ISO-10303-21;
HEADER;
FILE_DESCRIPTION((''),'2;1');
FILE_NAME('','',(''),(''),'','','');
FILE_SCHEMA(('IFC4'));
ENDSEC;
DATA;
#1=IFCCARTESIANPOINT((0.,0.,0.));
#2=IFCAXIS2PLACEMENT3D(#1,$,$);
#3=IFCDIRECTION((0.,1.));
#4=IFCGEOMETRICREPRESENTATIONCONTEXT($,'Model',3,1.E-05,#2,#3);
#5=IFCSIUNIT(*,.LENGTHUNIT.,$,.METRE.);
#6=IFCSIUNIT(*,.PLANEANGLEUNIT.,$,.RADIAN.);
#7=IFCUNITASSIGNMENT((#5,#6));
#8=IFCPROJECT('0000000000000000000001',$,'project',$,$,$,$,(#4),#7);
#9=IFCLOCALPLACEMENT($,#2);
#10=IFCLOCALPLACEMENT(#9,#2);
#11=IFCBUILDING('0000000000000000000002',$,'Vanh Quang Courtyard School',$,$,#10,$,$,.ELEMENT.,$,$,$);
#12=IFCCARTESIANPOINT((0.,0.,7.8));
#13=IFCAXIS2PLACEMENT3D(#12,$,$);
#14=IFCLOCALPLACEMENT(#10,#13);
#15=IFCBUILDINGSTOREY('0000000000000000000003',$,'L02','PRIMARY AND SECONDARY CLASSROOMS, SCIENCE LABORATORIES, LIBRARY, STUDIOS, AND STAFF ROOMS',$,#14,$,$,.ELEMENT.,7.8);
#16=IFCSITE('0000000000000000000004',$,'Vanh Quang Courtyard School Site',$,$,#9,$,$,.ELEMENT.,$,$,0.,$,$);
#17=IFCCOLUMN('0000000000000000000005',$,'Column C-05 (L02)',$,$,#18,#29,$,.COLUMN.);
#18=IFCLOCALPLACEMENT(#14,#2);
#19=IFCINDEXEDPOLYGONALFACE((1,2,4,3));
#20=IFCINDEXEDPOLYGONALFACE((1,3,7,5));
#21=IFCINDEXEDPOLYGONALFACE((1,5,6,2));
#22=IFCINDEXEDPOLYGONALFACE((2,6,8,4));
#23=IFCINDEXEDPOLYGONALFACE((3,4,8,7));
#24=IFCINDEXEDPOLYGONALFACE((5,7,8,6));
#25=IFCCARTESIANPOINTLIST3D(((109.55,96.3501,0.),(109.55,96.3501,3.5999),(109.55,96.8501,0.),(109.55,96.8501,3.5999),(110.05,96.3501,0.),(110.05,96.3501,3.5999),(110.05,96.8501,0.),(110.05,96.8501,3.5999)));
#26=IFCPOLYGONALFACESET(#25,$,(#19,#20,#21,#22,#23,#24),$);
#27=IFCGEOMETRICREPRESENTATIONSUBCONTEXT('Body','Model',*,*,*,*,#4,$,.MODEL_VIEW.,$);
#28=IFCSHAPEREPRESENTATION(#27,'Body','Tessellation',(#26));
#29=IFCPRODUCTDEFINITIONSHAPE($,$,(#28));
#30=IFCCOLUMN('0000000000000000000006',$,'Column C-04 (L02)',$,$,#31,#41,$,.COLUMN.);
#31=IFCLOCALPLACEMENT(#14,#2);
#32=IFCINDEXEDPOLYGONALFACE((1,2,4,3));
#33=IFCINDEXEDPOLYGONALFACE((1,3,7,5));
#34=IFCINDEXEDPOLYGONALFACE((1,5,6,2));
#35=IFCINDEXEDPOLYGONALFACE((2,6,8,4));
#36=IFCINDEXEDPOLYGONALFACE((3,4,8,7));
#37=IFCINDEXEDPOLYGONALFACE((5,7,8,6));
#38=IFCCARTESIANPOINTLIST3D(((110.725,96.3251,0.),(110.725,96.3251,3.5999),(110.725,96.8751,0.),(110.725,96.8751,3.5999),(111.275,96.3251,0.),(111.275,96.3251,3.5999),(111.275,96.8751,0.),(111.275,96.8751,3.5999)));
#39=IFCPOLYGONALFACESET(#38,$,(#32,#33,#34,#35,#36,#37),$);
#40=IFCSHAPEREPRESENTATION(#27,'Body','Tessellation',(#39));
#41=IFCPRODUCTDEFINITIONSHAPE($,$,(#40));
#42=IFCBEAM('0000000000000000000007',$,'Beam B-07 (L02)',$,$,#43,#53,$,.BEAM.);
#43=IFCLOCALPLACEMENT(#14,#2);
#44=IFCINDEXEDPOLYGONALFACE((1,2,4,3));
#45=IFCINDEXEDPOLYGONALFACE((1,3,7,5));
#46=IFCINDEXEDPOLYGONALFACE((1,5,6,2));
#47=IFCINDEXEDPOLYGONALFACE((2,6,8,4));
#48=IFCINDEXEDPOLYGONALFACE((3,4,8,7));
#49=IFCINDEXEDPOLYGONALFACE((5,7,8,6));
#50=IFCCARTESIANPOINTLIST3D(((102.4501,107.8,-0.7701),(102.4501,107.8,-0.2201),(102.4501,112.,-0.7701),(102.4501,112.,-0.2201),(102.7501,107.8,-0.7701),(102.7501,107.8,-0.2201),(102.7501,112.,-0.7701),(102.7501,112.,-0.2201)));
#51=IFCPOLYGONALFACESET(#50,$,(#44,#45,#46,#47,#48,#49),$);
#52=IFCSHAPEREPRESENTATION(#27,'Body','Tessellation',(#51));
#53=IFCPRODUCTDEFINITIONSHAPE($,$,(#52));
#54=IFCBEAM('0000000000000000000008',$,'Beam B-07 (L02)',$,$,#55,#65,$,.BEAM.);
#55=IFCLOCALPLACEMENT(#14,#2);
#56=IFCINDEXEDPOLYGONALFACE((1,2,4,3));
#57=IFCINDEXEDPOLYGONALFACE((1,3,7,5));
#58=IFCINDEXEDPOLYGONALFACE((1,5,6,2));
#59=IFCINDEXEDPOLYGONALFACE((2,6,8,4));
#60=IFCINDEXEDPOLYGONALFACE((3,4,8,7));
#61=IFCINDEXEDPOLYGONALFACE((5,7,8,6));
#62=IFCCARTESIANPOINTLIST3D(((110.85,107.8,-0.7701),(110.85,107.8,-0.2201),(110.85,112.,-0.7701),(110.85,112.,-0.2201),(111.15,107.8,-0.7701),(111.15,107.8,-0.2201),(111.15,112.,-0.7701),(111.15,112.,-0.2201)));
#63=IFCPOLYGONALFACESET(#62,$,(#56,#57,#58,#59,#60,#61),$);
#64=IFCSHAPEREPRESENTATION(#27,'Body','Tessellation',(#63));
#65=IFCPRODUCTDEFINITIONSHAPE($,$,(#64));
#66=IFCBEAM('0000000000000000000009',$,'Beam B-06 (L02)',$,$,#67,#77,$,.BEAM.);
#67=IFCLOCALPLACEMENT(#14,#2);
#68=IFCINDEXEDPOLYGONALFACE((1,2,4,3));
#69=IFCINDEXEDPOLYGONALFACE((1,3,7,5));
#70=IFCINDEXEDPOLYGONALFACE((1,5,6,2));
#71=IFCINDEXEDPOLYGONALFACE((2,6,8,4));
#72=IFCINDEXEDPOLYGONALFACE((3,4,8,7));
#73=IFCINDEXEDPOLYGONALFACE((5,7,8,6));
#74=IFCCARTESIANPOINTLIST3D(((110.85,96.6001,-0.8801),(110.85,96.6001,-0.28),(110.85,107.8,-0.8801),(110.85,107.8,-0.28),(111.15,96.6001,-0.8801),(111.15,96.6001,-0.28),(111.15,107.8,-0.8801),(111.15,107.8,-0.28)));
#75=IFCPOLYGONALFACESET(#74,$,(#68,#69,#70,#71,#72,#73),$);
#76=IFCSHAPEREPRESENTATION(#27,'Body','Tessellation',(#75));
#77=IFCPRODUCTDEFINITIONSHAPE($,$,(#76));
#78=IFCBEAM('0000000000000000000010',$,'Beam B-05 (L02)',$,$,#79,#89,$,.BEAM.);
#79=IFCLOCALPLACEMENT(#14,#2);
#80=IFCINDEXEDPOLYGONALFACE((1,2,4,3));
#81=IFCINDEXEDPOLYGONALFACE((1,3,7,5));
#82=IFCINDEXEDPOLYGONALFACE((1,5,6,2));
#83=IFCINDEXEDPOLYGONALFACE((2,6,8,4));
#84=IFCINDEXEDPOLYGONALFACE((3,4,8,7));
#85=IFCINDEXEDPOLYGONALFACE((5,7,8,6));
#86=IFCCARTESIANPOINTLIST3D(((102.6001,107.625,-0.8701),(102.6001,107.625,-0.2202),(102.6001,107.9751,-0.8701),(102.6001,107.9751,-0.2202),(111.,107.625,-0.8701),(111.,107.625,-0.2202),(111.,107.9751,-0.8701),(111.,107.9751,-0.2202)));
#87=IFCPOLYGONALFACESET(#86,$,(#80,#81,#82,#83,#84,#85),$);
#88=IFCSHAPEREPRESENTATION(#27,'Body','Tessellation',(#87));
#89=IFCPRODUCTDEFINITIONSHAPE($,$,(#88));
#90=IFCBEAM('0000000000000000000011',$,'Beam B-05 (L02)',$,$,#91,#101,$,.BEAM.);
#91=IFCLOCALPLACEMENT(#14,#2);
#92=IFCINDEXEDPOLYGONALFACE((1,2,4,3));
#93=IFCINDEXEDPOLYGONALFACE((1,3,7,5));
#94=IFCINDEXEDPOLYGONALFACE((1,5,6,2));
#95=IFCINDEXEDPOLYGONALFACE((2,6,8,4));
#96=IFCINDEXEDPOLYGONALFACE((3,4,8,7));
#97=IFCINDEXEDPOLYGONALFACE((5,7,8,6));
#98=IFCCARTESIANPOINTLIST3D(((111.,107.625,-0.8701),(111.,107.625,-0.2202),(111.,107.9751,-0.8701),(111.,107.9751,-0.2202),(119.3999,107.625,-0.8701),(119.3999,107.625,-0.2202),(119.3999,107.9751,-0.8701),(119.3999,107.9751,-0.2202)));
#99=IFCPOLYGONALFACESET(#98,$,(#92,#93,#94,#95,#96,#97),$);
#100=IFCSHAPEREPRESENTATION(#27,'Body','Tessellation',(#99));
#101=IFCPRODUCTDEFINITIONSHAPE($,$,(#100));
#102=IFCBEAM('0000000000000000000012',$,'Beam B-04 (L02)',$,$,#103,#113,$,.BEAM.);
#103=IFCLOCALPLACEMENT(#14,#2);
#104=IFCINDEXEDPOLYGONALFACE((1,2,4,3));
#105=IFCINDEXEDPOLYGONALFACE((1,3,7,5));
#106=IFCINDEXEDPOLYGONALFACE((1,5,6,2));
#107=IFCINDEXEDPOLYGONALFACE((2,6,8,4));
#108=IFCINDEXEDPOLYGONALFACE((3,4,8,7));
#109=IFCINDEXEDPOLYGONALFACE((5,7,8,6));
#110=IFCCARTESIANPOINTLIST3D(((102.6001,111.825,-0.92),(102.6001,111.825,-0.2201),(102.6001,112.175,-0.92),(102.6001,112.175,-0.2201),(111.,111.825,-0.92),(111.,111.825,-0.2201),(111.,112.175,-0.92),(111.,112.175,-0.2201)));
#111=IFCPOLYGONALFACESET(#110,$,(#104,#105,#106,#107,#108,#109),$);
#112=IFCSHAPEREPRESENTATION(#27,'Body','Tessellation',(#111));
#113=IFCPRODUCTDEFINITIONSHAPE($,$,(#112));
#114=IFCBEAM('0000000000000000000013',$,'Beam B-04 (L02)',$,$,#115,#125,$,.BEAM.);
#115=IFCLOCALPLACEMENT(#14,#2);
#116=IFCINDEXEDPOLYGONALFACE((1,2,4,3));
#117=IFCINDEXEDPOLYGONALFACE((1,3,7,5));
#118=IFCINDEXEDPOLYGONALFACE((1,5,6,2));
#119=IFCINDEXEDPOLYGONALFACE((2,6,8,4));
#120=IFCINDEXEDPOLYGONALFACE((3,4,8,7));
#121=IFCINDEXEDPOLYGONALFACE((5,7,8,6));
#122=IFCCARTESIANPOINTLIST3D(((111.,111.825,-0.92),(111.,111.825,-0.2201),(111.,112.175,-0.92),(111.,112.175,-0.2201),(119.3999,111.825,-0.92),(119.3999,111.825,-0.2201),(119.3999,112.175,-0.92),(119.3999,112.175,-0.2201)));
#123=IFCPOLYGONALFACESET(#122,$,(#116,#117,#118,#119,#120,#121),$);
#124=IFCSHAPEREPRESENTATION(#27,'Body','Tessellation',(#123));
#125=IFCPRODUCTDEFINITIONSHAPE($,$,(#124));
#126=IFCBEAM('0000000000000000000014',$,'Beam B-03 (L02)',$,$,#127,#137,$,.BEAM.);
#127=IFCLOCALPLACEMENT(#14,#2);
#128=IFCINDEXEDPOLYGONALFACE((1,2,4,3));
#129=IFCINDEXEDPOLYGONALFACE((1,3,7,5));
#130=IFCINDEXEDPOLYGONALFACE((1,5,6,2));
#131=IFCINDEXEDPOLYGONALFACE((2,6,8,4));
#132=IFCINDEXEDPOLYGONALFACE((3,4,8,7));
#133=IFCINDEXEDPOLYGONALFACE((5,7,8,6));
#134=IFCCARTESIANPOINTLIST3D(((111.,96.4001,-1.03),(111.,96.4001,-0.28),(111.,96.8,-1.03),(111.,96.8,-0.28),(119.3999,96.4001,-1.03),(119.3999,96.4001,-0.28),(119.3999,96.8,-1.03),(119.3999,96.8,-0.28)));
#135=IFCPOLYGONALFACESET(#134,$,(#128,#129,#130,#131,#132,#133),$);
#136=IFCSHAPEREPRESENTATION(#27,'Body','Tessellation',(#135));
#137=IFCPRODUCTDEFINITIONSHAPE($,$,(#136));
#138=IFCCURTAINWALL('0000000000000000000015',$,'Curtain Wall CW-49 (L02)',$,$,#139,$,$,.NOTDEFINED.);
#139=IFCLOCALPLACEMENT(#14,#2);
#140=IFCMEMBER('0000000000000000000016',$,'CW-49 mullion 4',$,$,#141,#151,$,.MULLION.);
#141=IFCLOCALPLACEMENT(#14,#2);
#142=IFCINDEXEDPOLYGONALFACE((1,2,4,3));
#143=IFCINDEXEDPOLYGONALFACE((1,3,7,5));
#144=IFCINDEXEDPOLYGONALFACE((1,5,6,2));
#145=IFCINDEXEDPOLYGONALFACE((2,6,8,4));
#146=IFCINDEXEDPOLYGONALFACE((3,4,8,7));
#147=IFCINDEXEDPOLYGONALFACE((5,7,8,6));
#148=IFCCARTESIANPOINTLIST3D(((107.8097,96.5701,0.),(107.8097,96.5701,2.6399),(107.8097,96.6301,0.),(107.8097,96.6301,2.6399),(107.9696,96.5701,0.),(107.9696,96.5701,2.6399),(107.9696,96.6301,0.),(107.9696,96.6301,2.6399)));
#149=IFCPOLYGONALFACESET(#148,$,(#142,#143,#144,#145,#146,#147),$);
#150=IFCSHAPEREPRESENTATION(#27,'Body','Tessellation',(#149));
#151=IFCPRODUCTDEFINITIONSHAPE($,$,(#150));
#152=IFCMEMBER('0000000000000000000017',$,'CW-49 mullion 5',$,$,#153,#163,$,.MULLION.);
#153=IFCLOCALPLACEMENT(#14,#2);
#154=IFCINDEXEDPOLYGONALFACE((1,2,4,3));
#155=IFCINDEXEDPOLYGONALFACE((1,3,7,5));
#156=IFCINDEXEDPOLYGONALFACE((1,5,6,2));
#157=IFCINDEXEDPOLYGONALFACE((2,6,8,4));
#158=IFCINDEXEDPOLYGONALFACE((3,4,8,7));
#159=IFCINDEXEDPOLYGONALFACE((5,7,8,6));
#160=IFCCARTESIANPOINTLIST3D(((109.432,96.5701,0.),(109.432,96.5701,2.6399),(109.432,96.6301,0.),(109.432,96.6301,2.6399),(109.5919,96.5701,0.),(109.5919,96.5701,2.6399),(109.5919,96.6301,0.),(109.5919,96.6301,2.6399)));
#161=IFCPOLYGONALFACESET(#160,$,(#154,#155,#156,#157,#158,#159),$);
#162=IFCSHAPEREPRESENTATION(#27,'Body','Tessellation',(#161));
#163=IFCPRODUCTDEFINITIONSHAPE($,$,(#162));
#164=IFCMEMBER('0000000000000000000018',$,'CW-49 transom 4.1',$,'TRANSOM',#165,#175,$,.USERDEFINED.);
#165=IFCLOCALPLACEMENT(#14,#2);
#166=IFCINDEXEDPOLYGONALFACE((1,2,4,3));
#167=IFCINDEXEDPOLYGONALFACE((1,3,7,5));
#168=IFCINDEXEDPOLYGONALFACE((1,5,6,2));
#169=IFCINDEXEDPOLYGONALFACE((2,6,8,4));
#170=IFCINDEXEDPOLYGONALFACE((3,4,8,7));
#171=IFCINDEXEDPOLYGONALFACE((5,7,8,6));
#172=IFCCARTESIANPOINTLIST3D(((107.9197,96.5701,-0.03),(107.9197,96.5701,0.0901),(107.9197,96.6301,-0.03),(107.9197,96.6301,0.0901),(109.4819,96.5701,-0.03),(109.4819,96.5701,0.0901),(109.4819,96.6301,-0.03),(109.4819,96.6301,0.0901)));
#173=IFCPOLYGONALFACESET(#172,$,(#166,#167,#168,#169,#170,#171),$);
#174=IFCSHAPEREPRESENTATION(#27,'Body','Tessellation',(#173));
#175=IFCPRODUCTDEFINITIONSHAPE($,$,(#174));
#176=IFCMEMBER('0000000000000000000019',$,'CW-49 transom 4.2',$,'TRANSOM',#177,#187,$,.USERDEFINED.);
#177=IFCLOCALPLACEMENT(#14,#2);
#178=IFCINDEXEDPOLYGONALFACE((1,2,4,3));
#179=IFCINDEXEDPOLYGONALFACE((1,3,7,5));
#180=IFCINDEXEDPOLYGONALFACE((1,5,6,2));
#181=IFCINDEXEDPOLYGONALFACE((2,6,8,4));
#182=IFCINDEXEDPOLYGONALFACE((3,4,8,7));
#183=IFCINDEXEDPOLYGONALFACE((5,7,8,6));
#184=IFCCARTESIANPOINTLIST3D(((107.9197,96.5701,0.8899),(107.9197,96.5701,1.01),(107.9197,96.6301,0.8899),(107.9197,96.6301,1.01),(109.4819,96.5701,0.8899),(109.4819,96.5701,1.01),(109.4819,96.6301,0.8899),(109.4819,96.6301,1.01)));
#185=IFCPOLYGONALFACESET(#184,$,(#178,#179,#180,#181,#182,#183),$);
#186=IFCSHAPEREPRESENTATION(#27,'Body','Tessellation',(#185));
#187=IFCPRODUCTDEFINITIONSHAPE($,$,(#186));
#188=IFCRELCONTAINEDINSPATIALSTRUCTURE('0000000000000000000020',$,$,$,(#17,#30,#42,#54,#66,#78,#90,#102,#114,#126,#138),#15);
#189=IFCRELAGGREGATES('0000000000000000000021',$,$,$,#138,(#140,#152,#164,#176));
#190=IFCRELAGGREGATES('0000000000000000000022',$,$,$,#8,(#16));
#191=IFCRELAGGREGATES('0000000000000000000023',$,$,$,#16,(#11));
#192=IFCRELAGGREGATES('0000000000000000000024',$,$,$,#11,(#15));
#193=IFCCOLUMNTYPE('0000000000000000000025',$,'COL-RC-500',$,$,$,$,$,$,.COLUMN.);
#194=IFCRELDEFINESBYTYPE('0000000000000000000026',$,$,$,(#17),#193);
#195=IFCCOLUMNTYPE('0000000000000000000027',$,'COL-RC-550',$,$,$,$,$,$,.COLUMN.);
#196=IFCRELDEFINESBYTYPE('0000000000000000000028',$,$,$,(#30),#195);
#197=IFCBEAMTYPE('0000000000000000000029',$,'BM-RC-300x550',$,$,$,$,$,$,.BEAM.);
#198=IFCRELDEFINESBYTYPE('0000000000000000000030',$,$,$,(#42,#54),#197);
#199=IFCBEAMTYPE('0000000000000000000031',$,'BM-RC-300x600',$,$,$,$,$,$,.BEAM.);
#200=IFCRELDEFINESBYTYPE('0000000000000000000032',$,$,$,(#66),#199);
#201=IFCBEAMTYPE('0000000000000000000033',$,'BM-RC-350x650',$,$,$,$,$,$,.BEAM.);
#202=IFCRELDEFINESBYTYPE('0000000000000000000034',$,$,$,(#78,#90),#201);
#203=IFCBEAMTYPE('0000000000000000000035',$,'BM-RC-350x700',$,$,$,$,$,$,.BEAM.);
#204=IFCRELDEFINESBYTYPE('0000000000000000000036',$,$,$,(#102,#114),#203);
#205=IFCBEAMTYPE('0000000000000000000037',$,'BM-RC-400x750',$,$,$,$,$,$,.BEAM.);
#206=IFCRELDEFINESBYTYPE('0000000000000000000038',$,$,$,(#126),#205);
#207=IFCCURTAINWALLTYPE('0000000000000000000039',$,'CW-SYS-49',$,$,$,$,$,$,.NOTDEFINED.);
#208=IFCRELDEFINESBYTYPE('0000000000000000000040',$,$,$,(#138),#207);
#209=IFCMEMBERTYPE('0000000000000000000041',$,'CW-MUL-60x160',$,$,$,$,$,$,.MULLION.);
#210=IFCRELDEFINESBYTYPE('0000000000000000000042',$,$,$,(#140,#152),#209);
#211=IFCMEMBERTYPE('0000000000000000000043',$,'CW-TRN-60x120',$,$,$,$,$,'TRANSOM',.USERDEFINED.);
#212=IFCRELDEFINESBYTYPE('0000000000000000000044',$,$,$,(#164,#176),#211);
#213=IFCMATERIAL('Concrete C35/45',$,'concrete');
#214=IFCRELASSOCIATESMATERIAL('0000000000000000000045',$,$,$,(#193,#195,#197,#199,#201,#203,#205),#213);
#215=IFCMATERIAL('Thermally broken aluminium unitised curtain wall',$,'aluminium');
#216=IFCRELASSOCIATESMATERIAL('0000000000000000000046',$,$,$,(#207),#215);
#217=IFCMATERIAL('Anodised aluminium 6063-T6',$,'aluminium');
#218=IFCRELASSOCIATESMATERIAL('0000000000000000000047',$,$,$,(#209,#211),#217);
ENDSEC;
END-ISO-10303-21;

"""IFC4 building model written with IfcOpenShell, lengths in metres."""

from ifc_helpers import new_model, si_unit, direction, frame, origin, origin_2d, place, context, subcontext, project, spatial, rectangle, extrude, material, material_profile, profile_set, type_object, element, aggregate, save


model = new_model("IFC4")

# Units and contexts
model_context = context("Model", 3, precision=1e-05, world=origin(), true_north=direction((0.0, 1.0)))
body_context = subcontext(model_context, "Body", "Model", "MODEL_VIEW")
ifc_project = project(units=[si_unit("LENGTHUNIT", "METRE"), si_unit("PLANEANGLEUNIT", "RADIAN")], contexts=[model_context])

# Site, building, storey
site_placement = place(None, origin())
site = spatial("IfcSite", under=ifc_project, at=site_placement, Name="Vanh Quang Courtyard School Site", CompositionType="ELEMENT", RefElevation=0.0)
building_placement = place(site_placement, origin())
building = spatial("IfcBuilding", under=site, at=building_placement, Name="Vanh Quang Courtyard School", CompositionType="ELEMENT")
storey_placement = place(building_placement, frame((0.0, 0.0, 7.8)))
storey = spatial("IfcBuildingStorey", under=building, at=storey_placement, Name="L02", Description="PRIMARY AND SECONDARY CLASSROOMS, SCIENCE LABORATORIES, LIBRARY, STUDIOS, AND STAFF ROOMS", CompositionType="ELEMENT", Elevation=7.8)

# Columns
ifc_material_1 = material(Name="Concrete C35/45", Category="concrete")
ifc_material_profile_1 = material_profile(ifc_material_1, rectangle(XDim=0.5, YDim=0.5, at=origin_2d()), Name="RC-COL 500x500")
ifc_profile_set_1 = profile_set([ifc_material_profile_1], Name="Concrete C35/45")
column_type_1 = type_object("IfcColumnType", Name="COL-RC-500", PredefinedType="COLUMN", material=ifc_profile_set_1)
column_1_placement = place(storey_placement, frame((109.8, 96.6001, 0.0), z_axis=(0.0, 0.0, 1.0), x_axis=(1.0, 0.0, 0.0)))
element("IfcColumn", 1, at=column_1_placement, inside=storey, type_object=column_type_1, Name="Column C-05 (L02)", PredefinedType="COLUMN", context=body_context, shape_type="SweptSolid", body=[
    extrude(rectangle(XDim=0.5, YDim=0.5, at=origin_2d()), origin(), (0.0, 0.0, 1.0), 3.5999),
])
ifc_material_profile_2 = material_profile(ifc_material_1, rectangle(XDim=0.55, YDim=0.55, at=origin_2d()), Name="RC-COL 550x550")
ifc_profile_set_2 = profile_set([ifc_material_profile_2], Name="Concrete C35/45")
column_type_2 = type_object("IfcColumnType", Name="COL-RC-550", PredefinedType="COLUMN", material=ifc_profile_set_2)
column_2_placement = place(storey_placement, frame((111.0, 96.6001, 0.0), z_axis=(0.0, 0.0, 1.0), x_axis=(1.0, 0.0, 0.0)))
element("IfcColumn", 2, at=column_2_placement, inside=storey, type_object=column_type_2, Name="Column C-04 (L02)", PredefinedType="COLUMN", context=body_context, shape_type="SweptSolid", body=[
    extrude(rectangle(XDim=0.55, YDim=0.55, at=origin_2d()), origin(), (0.0, 0.0, 1.0), 3.5999),
])

# Beams
ifc_material_profile_3 = material_profile(ifc_material_1, rectangle(XDim=0.3, YDim=0.55, at=origin_2d()), Name="RC-BM 300x550")
ifc_profile_set_3 = profile_set([ifc_material_profile_3], Name="Concrete C35/45")
beam_type_1 = type_object("IfcBeamType", Name="BM-RC-300x550", PredefinedType="BEAM", material=ifc_profile_set_3)
for number, where, z_axis, x_axis, name in (
    (3, (102.6001, 107.8, -0.4951), (0.0, 1.0, 0.0), (-1.0, 0.0, 0.0), "Beam B-07 (L02)"),
    (4, (111.0, 107.8, -0.4951), (0.0, 1.0, 0.0), (-1.0, 0.0, 0.0), "Beam B-07 (L02)"),
):
    element("IfcBeam", number, at=place(storey_placement, frame(where, z_axis=z_axis, x_axis=x_axis)), inside=storey, type_object=beam_type_1, Name=name, PredefinedType="BEAM", context=body_context, shape_type="SweptSolid", body=[
        extrude(rectangle(XDim=0.3, YDim=0.55, at=origin_2d()), origin(), (0.0, 0.0, 1.0), 4.2),
    ])
ifc_material_profile_4 = material_profile(ifc_material_1, rectangle(XDim=0.3, YDim=0.6001, at=origin_2d()), Name="RC-BM 300x600")
ifc_profile_set_4 = profile_set([ifc_material_profile_4], Name="Concrete C35/45")
beam_type_2 = type_object("IfcBeamType", Name="BM-RC-300x600", PredefinedType="BEAM", material=ifc_profile_set_4)
beam_1_placement = place(storey_placement, frame((111.0, 96.6001, -0.5801), z_axis=(0.0, 1.0, 0.0), x_axis=(-1.0, 0.0, 0.0)))
element("IfcBeam", 5, at=beam_1_placement, inside=storey, type_object=beam_type_2, Name="Beam B-06 (L02)", PredefinedType="BEAM", context=body_context, shape_type="SweptSolid", body=[
    extrude(rectangle(XDim=0.3, YDim=0.6001, at=origin_2d()), origin(), (0.0, 0.0, 1.0), 11.2),
])
ifc_material_profile_5 = material_profile(ifc_material_1, rectangle(XDim=0.3501, YDim=0.6499, at=origin_2d()), Name="RC-BM 350x650")
ifc_profile_set_5 = profile_set([ifc_material_profile_5], Name="Concrete C35/45")
beam_type_3 = type_object("IfcBeamType", Name="BM-RC-350x650", PredefinedType="BEAM", material=ifc_profile_set_5)
for number, where, z_axis, x_axis, name in (
    (6, (102.6001, 107.8, -0.5452), (1.0, 0.0, 0.0), (0.0, 1.0, 0.0), "Beam B-05 (L02)"),
    (7, (111.0, 107.8, -0.5452), (1.0, 0.0, 0.0), (0.0, 1.0, 0.0), "Beam B-05 (L02)"),
):
    element("IfcBeam", number, at=place(storey_placement, frame(where, z_axis=z_axis, x_axis=x_axis)), inside=storey, type_object=beam_type_3, Name=name, PredefinedType="BEAM", context=body_context, shape_type="SweptSolid", body=[
        extrude(rectangle(XDim=0.3501, YDim=0.6499, at=origin_2d()), origin(), (0.0, 0.0, 1.0), 8.3999),
    ])
ifc_material_profile_6 = material_profile(ifc_material_1, rectangle(XDim=0.3501, YDim=0.7, at=origin_2d()), Name="RC-BM 350x700")
ifc_profile_set_6 = profile_set([ifc_material_profile_6], Name="Concrete C35/45")
beam_type_4 = type_object("IfcBeamType", Name="BM-RC-350x700", PredefinedType="BEAM", material=ifc_profile_set_6)
for number, where, z_axis, x_axis, name in (
    (8, (102.6001, 112.0, -0.5701), (1.0, 0.0, 0.0), (0.0, 1.0, 0.0), "Beam B-04 (L02)"),
    (9, (111.0, 112.0, -0.5701), (1.0, 0.0, 0.0), (0.0, 1.0, 0.0), "Beam B-04 (L02)"),
):
    element("IfcBeam", number, at=place(storey_placement, frame(where, z_axis=z_axis, x_axis=x_axis)), inside=storey, type_object=beam_type_4, Name=name, PredefinedType="BEAM", context=body_context, shape_type="SweptSolid", body=[
        extrude(rectangle(XDim=0.3501, YDim=0.7, at=origin_2d()), origin(), (0.0, 0.0, 1.0), 8.3999),
    ])
ifc_material_profile_7 = material_profile(ifc_material_1, rectangle(XDim=0.3999, YDim=0.75, at=origin_2d()), Name="RC-BM 400x750")
ifc_profile_set_7 = profile_set([ifc_material_profile_7], Name="Concrete C35/45")
beam_type_5 = type_object("IfcBeamType", Name="BM-RC-400x750", PredefinedType="BEAM", material=ifc_profile_set_7)
beam_2_placement = place(storey_placement, frame((111.0, 96.6001, -0.655), z_axis=(1.0, 0.0, 0.0), x_axis=(0.0, 1.0, 0.0)))
element("IfcBeam", 10, at=beam_2_placement, inside=storey, type_object=beam_type_5, Name="Beam B-03 (L02)", PredefinedType="BEAM", context=body_context, shape_type="SweptSolid", body=[
    extrude(rectangle(XDim=0.3999, YDim=0.75, at=origin_2d()), origin(), (0.0, 0.0, 1.0), 8.3999),
])

# Curtain wall, members
ifc_material_2 = material(Name="Thermally broken aluminium unitised curtain wall", Category="aluminium")
curtain_wall_type = type_object("IfcCurtainWallType", Name="CW-SYS-49", PredefinedType="NOTDEFINED", material=ifc_material_2)
curtain_wall_placement = place(storey_placement, origin())
curtain_wall = element("IfcCurtainWall", 11, at=curtain_wall_placement, inside=storey, type_object=curtain_wall_type, Name="Curtain Wall CW-49 (L02)", PredefinedType="NOTDEFINED")
ifc_material_3 = material(Name="Anodised aluminium 6063-T6", Category="aluminium")
ifc_material_profile_8 = material_profile(ifc_material_3, rectangle(XDim=0.0601, YDim=0.1599, at=origin_2d()), Name="ALU-MUL 60x160")
ifc_profile_set_8 = profile_set([ifc_material_profile_8], Name="Anodised aluminium 6063-T6")
member_type_1 = type_object("IfcMemberType", Name="CW-MUL-60x160", PredefinedType="MULLION", material=ifc_profile_set_8)
member_1_placement = place(storey_placement, frame((107.8896, 96.6001, 0.0), z_axis=(0.0, 0.0, 1.0), x_axis=(0.0, 1.0, 0.0)))
member_1 = element("IfcMember", 12, at=member_1_placement, type_object=member_type_1, Name="CW-49 mullion 4", PredefinedType="MULLION", context=body_context, shape_type="SweptSolid", body=[
    extrude(rectangle(XDim=0.0601, YDim=0.1599, at=origin_2d()), origin(), (0.0, 0.0, 1.0), 2.6399),
])
member_2_placement = place(storey_placement, frame((109.512, 96.6001, 0.0), z_axis=(0.0, 0.0, 1.0), x_axis=(0.0, 1.0, 0.0)))
member_2 = element("IfcMember", 13, at=member_2_placement, type_object=member_type_1, Name="CW-49 mullion 5", PredefinedType="MULLION", context=body_context, shape_type="SweptSolid", body=[
    extrude(rectangle(XDim=0.0601, YDim=0.1599, at=origin_2d()), origin(), (0.0, 0.0, 1.0), 2.6399),
])
ifc_material_profile_9 = material_profile(ifc_material_3, rectangle(XDim=0.0601, YDim=0.1201, at=origin_2d()), Name="ALU-TRN 60x120")
ifc_profile_set_9 = profile_set([ifc_material_profile_9], Name="Anodised aluminium 6063-T6")
member_type_2 = type_object("IfcMemberType", Name="CW-TRN-60x120", ElementType="TRANSOM", PredefinedType="USERDEFINED", material=ifc_profile_set_9)
member_3_placement = place(storey_placement, frame((107.9197, 96.6001, 0.03), z_axis=(1.0, 0.0, 0.0), x_axis=(0.0, 1.0, 0.0)))
member_3 = element("IfcMember", 14, at=member_3_placement, type_object=member_type_2, Name="CW-49 transom 4.1", ObjectType="TRANSOM", PredefinedType="USERDEFINED", context=body_context, shape_type="SweptSolid", body=[
    extrude(rectangle(XDim=0.0601, YDim=0.1201, at=origin_2d()), origin(), (0.0, 0.0, 1.0), 1.5623),
])
member_4_placement = place(storey_placement, frame((107.9197, 96.6001, 0.95), z_axis=(1.0, 0.0, 0.0), x_axis=(0.0, 1.0, 0.0)))
member_4 = element("IfcMember", 15, at=member_4_placement, type_object=member_type_2, Name="CW-49 transom 4.2", ObjectType="TRANSOM", PredefinedType="USERDEFINED", context=body_context, shape_type="SweptSolid", body=[
    extrude(rectangle(XDim=0.0601, YDim=0.1201, at=origin_2d()), origin(), (0.0, 0.0, 1.0), 1.5623),
])

aggregate(curtain_wall, [member_1, member_2, member_3, member_4])

save(model, "model.ifc")
